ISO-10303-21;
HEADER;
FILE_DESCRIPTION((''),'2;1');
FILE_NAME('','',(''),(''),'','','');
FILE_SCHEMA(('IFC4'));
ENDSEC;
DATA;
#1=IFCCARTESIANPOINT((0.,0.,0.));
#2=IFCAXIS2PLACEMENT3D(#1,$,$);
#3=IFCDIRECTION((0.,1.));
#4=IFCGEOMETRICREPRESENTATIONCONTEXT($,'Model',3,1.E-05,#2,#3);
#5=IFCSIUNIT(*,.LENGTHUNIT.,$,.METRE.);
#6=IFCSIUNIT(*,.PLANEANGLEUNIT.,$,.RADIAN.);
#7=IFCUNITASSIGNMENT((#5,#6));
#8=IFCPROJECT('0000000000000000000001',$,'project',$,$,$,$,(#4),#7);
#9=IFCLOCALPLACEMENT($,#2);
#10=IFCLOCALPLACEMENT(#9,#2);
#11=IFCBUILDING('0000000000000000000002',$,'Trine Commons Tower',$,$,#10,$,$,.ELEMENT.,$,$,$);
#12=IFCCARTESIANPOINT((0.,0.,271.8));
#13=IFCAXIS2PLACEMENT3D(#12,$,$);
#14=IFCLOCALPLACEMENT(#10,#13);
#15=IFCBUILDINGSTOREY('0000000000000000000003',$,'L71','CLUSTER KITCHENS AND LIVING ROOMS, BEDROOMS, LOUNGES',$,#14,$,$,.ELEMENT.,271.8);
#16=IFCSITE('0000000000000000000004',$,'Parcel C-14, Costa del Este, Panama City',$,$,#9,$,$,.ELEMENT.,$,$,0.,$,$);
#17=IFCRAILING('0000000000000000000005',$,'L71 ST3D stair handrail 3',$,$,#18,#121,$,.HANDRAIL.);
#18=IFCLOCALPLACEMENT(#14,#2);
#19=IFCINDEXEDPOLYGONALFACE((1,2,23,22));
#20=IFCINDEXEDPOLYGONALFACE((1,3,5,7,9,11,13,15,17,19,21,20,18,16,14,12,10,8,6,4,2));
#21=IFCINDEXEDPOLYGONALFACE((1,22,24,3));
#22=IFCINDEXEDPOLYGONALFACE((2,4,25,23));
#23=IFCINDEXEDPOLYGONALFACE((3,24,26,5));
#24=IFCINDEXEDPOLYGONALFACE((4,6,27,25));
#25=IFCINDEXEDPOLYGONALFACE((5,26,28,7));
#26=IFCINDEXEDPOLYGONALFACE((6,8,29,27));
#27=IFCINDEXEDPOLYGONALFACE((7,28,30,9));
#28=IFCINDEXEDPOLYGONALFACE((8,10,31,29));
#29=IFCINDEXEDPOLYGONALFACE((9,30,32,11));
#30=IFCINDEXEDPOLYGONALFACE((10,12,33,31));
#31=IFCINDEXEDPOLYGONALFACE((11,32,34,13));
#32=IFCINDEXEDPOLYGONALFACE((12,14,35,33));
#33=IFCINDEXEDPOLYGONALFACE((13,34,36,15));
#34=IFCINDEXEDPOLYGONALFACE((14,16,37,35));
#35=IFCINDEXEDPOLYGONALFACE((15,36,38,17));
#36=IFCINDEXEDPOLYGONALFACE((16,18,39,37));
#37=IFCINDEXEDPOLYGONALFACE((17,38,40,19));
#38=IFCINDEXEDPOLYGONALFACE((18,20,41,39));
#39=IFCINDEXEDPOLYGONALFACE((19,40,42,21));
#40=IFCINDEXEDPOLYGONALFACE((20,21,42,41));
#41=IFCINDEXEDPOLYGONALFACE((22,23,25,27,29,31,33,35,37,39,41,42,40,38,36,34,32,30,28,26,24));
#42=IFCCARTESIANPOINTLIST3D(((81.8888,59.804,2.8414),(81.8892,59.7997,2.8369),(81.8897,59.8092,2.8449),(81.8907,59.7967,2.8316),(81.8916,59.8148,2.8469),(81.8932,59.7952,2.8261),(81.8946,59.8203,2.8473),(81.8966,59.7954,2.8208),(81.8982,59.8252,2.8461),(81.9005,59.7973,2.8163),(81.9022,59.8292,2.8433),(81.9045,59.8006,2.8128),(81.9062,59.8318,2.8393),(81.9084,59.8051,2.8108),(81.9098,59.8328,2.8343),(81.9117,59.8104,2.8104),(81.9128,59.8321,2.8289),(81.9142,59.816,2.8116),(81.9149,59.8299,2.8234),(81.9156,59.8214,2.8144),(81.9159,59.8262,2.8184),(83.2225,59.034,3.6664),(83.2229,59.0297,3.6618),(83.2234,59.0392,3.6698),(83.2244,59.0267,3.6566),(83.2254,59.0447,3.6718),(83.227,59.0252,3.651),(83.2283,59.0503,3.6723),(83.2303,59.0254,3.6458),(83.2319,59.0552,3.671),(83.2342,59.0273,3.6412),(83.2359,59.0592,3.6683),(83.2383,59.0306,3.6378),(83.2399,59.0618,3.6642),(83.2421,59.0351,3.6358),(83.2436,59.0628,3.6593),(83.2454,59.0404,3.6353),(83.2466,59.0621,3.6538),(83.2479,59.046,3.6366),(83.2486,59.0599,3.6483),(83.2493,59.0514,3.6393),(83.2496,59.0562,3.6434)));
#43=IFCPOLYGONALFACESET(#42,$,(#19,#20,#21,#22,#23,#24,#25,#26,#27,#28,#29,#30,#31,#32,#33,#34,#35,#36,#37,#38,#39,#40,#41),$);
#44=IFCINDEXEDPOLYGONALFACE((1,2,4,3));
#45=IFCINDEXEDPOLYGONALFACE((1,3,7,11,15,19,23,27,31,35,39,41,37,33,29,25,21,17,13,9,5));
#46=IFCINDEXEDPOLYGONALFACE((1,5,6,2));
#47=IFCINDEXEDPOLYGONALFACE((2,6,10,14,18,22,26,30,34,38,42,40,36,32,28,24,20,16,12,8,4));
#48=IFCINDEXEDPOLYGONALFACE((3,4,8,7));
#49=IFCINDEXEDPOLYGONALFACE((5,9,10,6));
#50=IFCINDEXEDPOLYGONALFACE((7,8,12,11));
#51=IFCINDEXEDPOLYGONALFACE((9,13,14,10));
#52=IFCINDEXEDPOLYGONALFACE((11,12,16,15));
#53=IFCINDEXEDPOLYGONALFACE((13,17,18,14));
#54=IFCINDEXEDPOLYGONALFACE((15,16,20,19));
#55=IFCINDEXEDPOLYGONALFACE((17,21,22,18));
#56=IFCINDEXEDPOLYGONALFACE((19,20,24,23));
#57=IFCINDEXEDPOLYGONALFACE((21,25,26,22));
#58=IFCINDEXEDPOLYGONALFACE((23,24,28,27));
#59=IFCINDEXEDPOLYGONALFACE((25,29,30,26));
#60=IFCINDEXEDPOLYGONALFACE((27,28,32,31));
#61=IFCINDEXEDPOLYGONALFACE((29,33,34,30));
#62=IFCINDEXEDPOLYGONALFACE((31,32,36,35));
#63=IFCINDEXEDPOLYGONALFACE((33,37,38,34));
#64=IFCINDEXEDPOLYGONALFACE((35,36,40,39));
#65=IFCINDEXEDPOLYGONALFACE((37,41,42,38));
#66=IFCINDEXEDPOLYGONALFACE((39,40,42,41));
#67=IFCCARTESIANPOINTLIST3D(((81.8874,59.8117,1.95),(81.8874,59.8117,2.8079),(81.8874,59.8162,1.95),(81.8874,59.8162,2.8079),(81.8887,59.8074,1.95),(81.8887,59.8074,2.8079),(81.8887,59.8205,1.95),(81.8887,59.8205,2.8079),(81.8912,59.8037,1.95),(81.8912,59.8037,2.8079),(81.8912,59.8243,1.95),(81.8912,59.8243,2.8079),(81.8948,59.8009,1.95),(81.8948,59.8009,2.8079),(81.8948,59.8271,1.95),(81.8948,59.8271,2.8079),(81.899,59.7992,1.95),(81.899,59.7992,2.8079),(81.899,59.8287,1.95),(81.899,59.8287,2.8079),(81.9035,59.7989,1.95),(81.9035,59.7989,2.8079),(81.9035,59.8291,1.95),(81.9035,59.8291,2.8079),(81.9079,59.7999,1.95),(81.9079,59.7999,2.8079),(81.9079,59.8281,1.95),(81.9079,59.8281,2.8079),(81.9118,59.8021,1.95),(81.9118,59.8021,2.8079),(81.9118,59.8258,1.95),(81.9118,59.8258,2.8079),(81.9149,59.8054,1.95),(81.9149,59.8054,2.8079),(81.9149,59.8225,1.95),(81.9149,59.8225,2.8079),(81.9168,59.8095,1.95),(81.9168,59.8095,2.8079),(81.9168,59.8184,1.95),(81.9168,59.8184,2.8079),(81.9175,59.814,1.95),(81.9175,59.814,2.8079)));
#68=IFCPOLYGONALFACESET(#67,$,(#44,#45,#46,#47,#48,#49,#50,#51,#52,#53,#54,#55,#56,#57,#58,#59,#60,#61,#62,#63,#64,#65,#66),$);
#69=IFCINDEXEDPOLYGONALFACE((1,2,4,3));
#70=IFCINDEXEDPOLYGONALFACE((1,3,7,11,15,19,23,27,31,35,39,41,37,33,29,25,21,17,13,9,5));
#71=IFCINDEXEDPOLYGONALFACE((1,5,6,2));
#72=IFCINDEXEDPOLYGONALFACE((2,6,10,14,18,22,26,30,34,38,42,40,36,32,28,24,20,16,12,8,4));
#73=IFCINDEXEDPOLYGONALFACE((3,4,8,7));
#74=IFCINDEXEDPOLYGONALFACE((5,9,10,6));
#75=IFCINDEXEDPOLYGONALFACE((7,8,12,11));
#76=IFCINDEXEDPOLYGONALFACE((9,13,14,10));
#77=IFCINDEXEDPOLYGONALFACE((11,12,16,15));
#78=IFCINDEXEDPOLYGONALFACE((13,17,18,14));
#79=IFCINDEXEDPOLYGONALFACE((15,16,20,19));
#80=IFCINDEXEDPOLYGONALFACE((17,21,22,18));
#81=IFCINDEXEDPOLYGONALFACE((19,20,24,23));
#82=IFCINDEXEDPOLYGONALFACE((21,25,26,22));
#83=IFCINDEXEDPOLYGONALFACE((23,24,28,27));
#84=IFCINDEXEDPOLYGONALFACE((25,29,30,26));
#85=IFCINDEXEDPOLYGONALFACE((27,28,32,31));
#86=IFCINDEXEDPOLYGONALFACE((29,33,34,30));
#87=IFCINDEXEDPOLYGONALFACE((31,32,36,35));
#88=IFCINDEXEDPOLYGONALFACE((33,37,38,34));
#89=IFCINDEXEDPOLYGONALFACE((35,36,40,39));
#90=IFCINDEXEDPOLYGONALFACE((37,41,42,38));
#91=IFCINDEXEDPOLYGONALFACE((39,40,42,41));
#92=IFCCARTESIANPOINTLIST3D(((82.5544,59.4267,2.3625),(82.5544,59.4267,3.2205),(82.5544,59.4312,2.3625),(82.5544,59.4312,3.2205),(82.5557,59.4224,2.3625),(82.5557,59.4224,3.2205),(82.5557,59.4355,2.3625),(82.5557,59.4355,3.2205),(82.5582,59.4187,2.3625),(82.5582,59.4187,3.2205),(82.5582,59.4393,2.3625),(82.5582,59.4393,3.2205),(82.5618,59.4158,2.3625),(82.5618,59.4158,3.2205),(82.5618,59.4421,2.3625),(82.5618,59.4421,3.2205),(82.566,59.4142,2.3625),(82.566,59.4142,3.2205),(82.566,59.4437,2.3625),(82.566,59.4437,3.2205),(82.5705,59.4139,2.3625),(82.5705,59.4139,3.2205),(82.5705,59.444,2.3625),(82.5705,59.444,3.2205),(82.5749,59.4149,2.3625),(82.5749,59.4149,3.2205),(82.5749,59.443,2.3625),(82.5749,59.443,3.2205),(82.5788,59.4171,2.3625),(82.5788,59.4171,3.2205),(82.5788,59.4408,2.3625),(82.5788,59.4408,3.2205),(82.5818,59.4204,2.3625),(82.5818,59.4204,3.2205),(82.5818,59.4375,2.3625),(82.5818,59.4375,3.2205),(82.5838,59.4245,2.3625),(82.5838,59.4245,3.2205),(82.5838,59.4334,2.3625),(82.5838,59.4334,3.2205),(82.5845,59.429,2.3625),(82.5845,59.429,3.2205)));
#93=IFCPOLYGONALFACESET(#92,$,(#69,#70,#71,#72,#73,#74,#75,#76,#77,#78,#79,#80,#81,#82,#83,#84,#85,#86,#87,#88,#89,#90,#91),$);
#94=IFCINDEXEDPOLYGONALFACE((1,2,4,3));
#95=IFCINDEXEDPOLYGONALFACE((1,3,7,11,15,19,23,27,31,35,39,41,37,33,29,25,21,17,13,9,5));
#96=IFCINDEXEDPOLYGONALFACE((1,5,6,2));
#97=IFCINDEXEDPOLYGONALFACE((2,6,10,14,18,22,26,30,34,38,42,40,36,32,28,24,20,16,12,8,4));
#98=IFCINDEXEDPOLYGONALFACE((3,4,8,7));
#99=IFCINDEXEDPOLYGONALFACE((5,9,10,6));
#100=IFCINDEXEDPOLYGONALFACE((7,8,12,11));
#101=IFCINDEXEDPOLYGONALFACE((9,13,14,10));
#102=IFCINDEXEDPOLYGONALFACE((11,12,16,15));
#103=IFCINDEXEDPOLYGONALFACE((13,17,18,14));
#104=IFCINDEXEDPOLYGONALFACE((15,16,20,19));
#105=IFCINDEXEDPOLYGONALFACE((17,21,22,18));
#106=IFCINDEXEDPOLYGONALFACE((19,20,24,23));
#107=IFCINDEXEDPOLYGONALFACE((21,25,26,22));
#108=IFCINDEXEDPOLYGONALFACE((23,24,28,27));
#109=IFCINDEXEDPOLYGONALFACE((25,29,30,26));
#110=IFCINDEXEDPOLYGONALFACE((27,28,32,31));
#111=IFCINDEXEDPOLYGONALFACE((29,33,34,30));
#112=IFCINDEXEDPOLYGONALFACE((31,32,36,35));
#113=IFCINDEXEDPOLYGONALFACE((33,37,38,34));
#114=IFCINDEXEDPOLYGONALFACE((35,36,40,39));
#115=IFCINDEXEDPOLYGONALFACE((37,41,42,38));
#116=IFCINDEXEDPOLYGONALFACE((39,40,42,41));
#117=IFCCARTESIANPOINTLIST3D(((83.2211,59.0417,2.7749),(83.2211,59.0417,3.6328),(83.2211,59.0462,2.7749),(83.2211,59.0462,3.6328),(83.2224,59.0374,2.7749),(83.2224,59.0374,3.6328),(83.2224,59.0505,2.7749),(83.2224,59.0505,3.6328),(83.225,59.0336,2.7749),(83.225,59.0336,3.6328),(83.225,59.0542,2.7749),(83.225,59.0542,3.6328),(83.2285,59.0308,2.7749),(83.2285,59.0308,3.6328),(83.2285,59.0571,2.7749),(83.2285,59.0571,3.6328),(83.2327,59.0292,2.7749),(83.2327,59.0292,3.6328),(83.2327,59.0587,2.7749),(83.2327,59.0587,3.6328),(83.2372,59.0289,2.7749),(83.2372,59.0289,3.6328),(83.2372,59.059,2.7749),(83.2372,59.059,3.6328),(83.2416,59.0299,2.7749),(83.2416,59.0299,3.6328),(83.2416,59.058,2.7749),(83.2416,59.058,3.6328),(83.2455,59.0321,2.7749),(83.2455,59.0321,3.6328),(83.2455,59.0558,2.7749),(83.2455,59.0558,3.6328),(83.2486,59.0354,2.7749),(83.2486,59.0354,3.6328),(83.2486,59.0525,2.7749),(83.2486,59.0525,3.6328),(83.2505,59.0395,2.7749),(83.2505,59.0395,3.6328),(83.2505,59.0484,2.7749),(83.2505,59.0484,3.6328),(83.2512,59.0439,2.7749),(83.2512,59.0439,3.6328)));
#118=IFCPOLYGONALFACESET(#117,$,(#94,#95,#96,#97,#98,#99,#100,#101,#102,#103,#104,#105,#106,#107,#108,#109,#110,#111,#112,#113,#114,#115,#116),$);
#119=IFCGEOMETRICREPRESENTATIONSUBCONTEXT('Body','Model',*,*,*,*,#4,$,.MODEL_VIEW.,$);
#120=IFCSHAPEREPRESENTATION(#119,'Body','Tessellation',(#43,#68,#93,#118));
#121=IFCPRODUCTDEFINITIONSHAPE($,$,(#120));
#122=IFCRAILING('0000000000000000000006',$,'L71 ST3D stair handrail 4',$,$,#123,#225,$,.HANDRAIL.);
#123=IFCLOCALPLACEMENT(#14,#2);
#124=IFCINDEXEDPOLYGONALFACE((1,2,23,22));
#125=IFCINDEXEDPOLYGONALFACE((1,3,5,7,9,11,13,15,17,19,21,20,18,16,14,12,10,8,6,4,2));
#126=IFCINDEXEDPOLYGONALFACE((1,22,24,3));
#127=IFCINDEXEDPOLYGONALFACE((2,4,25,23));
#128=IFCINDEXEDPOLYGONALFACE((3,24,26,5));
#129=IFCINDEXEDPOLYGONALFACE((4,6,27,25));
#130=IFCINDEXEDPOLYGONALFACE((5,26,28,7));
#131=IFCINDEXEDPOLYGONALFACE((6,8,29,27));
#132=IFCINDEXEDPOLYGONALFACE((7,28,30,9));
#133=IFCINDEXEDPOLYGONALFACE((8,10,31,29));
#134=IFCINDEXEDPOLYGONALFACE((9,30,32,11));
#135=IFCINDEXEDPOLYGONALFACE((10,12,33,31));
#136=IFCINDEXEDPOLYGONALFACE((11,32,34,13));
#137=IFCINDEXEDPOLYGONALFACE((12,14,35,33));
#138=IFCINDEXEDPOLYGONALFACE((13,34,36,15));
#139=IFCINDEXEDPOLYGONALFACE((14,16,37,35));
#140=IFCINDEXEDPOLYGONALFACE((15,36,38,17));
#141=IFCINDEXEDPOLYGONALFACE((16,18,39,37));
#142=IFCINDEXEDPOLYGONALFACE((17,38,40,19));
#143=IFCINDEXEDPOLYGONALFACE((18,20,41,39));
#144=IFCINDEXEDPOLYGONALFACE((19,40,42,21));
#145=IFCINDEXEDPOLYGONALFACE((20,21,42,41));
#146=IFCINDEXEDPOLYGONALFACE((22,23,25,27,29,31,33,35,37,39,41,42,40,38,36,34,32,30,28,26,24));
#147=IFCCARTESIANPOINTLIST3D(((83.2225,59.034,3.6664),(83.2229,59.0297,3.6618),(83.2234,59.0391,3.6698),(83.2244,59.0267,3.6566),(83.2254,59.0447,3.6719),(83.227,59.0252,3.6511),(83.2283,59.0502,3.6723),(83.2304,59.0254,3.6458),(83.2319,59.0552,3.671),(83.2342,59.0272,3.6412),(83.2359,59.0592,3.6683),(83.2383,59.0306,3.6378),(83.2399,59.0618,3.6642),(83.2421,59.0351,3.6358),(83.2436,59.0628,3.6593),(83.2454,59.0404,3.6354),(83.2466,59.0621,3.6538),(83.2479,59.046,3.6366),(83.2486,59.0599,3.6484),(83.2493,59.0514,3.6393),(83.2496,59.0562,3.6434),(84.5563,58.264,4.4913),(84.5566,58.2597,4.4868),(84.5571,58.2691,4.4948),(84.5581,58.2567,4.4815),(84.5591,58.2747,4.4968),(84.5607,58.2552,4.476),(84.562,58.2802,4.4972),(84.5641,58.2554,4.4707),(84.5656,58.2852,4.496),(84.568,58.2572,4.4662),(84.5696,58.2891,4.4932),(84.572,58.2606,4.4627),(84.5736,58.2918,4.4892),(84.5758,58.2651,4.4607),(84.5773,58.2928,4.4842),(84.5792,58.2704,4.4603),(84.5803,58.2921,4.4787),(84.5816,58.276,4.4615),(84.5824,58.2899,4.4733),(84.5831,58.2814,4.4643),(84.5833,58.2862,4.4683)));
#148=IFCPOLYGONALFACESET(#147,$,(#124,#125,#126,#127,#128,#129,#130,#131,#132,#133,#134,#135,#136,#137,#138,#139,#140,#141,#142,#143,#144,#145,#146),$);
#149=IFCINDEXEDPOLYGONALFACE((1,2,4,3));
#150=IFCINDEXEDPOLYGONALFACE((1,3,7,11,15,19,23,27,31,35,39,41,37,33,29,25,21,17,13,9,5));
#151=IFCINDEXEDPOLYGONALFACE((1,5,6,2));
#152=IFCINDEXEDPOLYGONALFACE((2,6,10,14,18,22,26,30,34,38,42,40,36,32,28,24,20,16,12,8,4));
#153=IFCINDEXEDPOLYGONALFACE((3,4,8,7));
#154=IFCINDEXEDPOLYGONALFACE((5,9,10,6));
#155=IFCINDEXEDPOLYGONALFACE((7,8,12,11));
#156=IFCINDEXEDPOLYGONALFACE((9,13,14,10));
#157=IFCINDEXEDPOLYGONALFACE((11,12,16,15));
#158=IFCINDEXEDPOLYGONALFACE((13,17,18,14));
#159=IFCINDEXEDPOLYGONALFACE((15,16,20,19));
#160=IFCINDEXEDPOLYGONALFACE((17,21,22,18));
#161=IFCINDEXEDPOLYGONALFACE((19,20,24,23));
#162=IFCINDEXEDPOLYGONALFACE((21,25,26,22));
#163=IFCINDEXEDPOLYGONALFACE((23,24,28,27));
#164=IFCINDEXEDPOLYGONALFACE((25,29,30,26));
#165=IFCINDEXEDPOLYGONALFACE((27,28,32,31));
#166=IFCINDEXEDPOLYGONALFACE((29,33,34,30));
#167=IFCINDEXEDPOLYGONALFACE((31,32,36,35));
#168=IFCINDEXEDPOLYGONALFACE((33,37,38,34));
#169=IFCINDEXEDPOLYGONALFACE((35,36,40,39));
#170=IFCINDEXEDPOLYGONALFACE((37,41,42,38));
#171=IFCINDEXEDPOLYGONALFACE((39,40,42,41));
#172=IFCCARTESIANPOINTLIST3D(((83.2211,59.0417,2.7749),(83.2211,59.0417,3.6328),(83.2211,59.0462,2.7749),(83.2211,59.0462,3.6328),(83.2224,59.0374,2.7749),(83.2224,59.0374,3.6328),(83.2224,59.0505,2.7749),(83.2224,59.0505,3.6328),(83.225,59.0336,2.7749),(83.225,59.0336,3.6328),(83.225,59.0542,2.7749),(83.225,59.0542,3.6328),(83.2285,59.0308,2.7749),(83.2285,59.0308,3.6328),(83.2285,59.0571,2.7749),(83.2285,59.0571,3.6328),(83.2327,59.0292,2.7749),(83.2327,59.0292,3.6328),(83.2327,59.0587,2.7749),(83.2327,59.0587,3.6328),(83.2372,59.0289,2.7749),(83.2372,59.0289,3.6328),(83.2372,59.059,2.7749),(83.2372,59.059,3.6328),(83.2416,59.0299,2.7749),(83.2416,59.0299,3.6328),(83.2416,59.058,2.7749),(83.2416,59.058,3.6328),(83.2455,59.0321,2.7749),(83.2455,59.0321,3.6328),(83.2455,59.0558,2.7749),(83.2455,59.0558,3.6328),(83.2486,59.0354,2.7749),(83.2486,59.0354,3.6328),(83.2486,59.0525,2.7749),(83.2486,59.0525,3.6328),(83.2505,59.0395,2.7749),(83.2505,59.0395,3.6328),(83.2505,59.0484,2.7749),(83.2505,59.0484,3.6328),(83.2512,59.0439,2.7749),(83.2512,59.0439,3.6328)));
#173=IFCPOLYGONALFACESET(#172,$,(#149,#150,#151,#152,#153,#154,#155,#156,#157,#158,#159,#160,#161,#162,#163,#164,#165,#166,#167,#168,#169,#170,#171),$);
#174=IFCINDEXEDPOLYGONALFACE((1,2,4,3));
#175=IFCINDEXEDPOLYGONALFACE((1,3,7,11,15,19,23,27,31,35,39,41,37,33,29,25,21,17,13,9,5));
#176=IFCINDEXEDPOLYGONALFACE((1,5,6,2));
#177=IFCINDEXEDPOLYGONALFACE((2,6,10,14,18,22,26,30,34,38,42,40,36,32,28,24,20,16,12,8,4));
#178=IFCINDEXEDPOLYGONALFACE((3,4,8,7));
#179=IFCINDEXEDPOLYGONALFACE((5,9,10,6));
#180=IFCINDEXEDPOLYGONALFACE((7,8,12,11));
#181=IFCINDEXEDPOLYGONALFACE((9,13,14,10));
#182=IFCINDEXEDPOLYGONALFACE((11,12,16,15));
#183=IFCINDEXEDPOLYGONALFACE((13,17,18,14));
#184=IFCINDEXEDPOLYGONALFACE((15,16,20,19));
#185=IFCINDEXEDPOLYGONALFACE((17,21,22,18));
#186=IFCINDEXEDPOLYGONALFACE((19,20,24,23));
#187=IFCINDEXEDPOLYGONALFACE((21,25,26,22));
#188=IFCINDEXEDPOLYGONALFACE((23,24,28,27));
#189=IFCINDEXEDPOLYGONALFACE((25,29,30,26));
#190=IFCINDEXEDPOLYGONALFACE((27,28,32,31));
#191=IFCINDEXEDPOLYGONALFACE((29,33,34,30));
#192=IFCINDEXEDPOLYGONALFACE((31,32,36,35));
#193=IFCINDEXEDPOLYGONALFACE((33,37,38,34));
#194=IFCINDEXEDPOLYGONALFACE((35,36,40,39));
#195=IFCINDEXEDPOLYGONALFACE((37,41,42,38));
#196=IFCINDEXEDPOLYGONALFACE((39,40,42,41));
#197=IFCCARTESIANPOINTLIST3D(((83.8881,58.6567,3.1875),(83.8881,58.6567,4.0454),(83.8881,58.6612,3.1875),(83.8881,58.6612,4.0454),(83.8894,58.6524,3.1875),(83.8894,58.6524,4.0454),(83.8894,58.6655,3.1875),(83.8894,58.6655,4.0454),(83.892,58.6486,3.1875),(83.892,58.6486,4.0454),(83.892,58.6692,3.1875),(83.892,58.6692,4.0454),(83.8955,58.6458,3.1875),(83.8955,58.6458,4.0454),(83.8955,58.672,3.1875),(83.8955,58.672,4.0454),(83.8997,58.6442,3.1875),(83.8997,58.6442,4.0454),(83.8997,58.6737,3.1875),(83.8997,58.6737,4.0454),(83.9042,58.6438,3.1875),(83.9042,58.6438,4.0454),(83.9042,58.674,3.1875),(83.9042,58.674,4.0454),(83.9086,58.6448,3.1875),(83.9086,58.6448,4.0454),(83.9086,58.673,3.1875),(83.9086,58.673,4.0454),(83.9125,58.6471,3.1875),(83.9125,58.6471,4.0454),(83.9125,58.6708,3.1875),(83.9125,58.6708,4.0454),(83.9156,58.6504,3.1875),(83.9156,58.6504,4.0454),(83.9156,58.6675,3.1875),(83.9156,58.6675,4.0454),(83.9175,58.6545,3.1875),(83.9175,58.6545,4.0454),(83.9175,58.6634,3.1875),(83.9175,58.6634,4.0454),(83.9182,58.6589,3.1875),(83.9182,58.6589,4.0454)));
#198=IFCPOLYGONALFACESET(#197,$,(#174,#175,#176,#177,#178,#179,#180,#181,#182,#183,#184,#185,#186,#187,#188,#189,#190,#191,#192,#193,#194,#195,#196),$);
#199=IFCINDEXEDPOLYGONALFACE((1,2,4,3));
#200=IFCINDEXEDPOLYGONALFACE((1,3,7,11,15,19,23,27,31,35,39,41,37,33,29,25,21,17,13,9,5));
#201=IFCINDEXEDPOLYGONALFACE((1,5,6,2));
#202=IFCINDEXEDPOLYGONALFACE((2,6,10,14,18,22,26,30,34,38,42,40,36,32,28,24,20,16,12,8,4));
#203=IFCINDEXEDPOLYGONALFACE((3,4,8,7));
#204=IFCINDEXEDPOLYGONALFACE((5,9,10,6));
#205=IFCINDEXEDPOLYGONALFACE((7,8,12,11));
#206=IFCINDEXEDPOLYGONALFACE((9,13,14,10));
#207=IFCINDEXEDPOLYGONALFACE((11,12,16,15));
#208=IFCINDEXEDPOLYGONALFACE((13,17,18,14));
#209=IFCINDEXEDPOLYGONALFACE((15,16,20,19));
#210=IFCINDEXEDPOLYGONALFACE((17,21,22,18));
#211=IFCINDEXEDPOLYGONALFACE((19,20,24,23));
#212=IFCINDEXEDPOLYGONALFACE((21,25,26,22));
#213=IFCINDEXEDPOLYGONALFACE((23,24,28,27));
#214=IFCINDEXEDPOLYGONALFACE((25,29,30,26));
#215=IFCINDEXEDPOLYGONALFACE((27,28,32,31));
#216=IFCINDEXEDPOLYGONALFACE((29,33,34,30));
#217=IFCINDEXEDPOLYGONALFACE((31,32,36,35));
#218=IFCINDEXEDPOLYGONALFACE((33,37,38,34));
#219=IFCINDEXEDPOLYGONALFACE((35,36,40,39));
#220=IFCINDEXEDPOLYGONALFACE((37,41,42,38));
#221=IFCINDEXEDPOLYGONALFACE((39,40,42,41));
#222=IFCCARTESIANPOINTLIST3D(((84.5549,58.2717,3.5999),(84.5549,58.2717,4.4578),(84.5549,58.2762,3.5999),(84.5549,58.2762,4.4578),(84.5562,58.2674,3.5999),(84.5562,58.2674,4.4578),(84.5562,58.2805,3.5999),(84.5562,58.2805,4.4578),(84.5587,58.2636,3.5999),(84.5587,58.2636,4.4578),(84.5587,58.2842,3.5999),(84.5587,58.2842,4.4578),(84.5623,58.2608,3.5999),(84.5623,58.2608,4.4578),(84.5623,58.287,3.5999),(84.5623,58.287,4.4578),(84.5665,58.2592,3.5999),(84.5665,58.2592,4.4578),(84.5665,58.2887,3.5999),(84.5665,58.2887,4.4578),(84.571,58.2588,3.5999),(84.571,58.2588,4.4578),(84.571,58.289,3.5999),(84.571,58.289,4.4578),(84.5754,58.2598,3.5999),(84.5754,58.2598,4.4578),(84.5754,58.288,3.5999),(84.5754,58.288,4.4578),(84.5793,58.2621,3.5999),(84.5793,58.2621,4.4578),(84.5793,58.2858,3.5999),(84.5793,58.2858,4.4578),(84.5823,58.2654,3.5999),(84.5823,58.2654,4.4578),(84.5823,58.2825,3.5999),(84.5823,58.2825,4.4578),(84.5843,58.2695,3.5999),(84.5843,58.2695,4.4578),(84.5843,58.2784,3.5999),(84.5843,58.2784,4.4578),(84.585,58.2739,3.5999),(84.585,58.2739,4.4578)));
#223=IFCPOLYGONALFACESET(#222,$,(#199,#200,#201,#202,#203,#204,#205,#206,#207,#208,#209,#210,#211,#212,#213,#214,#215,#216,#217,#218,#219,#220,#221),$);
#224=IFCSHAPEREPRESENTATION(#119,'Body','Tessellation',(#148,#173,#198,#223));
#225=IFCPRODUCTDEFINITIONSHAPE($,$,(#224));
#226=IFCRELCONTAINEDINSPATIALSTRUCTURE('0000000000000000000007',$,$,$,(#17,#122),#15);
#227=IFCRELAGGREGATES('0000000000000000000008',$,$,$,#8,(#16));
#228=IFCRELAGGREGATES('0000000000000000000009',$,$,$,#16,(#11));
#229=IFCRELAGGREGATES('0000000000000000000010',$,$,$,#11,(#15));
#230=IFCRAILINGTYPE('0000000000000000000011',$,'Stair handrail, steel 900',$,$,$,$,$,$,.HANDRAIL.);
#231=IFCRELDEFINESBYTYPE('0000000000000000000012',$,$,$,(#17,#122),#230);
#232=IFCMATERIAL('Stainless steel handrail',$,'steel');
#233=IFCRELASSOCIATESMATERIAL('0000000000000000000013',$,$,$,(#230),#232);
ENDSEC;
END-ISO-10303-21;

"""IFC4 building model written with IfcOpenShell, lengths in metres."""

from ifc_helpers import new_model, si_unit, direction, frame, origin, origin_2d, place, context, subcontext, project, spatial, circle, extrude, material, type_object, element, save


model = new_model("IFC4")

# Units and contexts
model_context = context("Model", 3, precision=1e-05, world=origin(), true_north=direction((0.0, 1.0)))
body_context = subcontext(model_context, "Body", "Model", "MODEL_VIEW")
ifc_project = project(units=[si_unit("LENGTHUNIT", "METRE"), si_unit("PLANEANGLEUNIT", "RADIAN")], contexts=[model_context])

# Site, building, storey
site_placement = place(None, origin())
site = spatial("IfcSite", under=ifc_project, at=site_placement, Name="Parcel C-14, Costa del Este, Panama City", CompositionType="ELEMENT", RefElevation=0.0)
building_placement = place(site_placement, origin())
building = spatial("IfcBuilding", under=site, at=building_placement, Name="Trine Commons Tower", CompositionType="ELEMENT")
storey_placement = place(building_placement, frame((0.0, 0.0, 271.8)))
storey = spatial("IfcBuildingStorey", under=building, at=storey_placement, Name="L71", Description="CLUSTER KITCHENS AND LIVING ROOMS, BEDROOMS, LOUNGES", CompositionType="ELEMENT", Elevation=271.8)

# Railings
ifc_material_1 = material(Name="Stainless steel handrail", Category="steel")
railing_type_1 = type_object("IfcRailingType", Name="Stair handrail, steel 900", PredefinedType="HANDRAIL", material=ifc_material_1)
for number, where, name in (
    (1, (81.9023, 59.814, 1.95), "L71 ST3D stair handrail 3"),
    (2, (83.2361, 59.0439, 2.7749), "L71 ST3D stair handrail 4"),
):
    element("IfcRailing", number, at=place(storey_placement, frame(where)), inside=storey, type_object=railing_type_1, Name=name, PredefinedType="HANDRAIL", context=body_context, shape_type="SweptSolid", body=[
        extrude(circle(Radius=0.021, at=origin_2d()), frame((0.0, 0.0, 0.8789), z_axis=(0.763405, -0.440743, 0.472185), x_axis=(0.499992, 0.86603, 0.0)), (0.0, 0.0, 1.0), 1.7471),
        extrude(circle(Radius=0.0151, at=origin_2d()), origin(), (0.0, 0.0, 1.0), 0.8579),
        extrude(circle(Radius=0.0151, at=origin_2d()), frame((0.667, -0.385, 0.4126)), (0.0, 0.0, 1.0), 0.8579),
        extrude(circle(Radius=0.0151, at=origin_2d()), frame((1.3337, -0.77, 0.825)), (0.0, 0.0, 1.0), 0.8579),
    ])

save(model, "model.ifc")
